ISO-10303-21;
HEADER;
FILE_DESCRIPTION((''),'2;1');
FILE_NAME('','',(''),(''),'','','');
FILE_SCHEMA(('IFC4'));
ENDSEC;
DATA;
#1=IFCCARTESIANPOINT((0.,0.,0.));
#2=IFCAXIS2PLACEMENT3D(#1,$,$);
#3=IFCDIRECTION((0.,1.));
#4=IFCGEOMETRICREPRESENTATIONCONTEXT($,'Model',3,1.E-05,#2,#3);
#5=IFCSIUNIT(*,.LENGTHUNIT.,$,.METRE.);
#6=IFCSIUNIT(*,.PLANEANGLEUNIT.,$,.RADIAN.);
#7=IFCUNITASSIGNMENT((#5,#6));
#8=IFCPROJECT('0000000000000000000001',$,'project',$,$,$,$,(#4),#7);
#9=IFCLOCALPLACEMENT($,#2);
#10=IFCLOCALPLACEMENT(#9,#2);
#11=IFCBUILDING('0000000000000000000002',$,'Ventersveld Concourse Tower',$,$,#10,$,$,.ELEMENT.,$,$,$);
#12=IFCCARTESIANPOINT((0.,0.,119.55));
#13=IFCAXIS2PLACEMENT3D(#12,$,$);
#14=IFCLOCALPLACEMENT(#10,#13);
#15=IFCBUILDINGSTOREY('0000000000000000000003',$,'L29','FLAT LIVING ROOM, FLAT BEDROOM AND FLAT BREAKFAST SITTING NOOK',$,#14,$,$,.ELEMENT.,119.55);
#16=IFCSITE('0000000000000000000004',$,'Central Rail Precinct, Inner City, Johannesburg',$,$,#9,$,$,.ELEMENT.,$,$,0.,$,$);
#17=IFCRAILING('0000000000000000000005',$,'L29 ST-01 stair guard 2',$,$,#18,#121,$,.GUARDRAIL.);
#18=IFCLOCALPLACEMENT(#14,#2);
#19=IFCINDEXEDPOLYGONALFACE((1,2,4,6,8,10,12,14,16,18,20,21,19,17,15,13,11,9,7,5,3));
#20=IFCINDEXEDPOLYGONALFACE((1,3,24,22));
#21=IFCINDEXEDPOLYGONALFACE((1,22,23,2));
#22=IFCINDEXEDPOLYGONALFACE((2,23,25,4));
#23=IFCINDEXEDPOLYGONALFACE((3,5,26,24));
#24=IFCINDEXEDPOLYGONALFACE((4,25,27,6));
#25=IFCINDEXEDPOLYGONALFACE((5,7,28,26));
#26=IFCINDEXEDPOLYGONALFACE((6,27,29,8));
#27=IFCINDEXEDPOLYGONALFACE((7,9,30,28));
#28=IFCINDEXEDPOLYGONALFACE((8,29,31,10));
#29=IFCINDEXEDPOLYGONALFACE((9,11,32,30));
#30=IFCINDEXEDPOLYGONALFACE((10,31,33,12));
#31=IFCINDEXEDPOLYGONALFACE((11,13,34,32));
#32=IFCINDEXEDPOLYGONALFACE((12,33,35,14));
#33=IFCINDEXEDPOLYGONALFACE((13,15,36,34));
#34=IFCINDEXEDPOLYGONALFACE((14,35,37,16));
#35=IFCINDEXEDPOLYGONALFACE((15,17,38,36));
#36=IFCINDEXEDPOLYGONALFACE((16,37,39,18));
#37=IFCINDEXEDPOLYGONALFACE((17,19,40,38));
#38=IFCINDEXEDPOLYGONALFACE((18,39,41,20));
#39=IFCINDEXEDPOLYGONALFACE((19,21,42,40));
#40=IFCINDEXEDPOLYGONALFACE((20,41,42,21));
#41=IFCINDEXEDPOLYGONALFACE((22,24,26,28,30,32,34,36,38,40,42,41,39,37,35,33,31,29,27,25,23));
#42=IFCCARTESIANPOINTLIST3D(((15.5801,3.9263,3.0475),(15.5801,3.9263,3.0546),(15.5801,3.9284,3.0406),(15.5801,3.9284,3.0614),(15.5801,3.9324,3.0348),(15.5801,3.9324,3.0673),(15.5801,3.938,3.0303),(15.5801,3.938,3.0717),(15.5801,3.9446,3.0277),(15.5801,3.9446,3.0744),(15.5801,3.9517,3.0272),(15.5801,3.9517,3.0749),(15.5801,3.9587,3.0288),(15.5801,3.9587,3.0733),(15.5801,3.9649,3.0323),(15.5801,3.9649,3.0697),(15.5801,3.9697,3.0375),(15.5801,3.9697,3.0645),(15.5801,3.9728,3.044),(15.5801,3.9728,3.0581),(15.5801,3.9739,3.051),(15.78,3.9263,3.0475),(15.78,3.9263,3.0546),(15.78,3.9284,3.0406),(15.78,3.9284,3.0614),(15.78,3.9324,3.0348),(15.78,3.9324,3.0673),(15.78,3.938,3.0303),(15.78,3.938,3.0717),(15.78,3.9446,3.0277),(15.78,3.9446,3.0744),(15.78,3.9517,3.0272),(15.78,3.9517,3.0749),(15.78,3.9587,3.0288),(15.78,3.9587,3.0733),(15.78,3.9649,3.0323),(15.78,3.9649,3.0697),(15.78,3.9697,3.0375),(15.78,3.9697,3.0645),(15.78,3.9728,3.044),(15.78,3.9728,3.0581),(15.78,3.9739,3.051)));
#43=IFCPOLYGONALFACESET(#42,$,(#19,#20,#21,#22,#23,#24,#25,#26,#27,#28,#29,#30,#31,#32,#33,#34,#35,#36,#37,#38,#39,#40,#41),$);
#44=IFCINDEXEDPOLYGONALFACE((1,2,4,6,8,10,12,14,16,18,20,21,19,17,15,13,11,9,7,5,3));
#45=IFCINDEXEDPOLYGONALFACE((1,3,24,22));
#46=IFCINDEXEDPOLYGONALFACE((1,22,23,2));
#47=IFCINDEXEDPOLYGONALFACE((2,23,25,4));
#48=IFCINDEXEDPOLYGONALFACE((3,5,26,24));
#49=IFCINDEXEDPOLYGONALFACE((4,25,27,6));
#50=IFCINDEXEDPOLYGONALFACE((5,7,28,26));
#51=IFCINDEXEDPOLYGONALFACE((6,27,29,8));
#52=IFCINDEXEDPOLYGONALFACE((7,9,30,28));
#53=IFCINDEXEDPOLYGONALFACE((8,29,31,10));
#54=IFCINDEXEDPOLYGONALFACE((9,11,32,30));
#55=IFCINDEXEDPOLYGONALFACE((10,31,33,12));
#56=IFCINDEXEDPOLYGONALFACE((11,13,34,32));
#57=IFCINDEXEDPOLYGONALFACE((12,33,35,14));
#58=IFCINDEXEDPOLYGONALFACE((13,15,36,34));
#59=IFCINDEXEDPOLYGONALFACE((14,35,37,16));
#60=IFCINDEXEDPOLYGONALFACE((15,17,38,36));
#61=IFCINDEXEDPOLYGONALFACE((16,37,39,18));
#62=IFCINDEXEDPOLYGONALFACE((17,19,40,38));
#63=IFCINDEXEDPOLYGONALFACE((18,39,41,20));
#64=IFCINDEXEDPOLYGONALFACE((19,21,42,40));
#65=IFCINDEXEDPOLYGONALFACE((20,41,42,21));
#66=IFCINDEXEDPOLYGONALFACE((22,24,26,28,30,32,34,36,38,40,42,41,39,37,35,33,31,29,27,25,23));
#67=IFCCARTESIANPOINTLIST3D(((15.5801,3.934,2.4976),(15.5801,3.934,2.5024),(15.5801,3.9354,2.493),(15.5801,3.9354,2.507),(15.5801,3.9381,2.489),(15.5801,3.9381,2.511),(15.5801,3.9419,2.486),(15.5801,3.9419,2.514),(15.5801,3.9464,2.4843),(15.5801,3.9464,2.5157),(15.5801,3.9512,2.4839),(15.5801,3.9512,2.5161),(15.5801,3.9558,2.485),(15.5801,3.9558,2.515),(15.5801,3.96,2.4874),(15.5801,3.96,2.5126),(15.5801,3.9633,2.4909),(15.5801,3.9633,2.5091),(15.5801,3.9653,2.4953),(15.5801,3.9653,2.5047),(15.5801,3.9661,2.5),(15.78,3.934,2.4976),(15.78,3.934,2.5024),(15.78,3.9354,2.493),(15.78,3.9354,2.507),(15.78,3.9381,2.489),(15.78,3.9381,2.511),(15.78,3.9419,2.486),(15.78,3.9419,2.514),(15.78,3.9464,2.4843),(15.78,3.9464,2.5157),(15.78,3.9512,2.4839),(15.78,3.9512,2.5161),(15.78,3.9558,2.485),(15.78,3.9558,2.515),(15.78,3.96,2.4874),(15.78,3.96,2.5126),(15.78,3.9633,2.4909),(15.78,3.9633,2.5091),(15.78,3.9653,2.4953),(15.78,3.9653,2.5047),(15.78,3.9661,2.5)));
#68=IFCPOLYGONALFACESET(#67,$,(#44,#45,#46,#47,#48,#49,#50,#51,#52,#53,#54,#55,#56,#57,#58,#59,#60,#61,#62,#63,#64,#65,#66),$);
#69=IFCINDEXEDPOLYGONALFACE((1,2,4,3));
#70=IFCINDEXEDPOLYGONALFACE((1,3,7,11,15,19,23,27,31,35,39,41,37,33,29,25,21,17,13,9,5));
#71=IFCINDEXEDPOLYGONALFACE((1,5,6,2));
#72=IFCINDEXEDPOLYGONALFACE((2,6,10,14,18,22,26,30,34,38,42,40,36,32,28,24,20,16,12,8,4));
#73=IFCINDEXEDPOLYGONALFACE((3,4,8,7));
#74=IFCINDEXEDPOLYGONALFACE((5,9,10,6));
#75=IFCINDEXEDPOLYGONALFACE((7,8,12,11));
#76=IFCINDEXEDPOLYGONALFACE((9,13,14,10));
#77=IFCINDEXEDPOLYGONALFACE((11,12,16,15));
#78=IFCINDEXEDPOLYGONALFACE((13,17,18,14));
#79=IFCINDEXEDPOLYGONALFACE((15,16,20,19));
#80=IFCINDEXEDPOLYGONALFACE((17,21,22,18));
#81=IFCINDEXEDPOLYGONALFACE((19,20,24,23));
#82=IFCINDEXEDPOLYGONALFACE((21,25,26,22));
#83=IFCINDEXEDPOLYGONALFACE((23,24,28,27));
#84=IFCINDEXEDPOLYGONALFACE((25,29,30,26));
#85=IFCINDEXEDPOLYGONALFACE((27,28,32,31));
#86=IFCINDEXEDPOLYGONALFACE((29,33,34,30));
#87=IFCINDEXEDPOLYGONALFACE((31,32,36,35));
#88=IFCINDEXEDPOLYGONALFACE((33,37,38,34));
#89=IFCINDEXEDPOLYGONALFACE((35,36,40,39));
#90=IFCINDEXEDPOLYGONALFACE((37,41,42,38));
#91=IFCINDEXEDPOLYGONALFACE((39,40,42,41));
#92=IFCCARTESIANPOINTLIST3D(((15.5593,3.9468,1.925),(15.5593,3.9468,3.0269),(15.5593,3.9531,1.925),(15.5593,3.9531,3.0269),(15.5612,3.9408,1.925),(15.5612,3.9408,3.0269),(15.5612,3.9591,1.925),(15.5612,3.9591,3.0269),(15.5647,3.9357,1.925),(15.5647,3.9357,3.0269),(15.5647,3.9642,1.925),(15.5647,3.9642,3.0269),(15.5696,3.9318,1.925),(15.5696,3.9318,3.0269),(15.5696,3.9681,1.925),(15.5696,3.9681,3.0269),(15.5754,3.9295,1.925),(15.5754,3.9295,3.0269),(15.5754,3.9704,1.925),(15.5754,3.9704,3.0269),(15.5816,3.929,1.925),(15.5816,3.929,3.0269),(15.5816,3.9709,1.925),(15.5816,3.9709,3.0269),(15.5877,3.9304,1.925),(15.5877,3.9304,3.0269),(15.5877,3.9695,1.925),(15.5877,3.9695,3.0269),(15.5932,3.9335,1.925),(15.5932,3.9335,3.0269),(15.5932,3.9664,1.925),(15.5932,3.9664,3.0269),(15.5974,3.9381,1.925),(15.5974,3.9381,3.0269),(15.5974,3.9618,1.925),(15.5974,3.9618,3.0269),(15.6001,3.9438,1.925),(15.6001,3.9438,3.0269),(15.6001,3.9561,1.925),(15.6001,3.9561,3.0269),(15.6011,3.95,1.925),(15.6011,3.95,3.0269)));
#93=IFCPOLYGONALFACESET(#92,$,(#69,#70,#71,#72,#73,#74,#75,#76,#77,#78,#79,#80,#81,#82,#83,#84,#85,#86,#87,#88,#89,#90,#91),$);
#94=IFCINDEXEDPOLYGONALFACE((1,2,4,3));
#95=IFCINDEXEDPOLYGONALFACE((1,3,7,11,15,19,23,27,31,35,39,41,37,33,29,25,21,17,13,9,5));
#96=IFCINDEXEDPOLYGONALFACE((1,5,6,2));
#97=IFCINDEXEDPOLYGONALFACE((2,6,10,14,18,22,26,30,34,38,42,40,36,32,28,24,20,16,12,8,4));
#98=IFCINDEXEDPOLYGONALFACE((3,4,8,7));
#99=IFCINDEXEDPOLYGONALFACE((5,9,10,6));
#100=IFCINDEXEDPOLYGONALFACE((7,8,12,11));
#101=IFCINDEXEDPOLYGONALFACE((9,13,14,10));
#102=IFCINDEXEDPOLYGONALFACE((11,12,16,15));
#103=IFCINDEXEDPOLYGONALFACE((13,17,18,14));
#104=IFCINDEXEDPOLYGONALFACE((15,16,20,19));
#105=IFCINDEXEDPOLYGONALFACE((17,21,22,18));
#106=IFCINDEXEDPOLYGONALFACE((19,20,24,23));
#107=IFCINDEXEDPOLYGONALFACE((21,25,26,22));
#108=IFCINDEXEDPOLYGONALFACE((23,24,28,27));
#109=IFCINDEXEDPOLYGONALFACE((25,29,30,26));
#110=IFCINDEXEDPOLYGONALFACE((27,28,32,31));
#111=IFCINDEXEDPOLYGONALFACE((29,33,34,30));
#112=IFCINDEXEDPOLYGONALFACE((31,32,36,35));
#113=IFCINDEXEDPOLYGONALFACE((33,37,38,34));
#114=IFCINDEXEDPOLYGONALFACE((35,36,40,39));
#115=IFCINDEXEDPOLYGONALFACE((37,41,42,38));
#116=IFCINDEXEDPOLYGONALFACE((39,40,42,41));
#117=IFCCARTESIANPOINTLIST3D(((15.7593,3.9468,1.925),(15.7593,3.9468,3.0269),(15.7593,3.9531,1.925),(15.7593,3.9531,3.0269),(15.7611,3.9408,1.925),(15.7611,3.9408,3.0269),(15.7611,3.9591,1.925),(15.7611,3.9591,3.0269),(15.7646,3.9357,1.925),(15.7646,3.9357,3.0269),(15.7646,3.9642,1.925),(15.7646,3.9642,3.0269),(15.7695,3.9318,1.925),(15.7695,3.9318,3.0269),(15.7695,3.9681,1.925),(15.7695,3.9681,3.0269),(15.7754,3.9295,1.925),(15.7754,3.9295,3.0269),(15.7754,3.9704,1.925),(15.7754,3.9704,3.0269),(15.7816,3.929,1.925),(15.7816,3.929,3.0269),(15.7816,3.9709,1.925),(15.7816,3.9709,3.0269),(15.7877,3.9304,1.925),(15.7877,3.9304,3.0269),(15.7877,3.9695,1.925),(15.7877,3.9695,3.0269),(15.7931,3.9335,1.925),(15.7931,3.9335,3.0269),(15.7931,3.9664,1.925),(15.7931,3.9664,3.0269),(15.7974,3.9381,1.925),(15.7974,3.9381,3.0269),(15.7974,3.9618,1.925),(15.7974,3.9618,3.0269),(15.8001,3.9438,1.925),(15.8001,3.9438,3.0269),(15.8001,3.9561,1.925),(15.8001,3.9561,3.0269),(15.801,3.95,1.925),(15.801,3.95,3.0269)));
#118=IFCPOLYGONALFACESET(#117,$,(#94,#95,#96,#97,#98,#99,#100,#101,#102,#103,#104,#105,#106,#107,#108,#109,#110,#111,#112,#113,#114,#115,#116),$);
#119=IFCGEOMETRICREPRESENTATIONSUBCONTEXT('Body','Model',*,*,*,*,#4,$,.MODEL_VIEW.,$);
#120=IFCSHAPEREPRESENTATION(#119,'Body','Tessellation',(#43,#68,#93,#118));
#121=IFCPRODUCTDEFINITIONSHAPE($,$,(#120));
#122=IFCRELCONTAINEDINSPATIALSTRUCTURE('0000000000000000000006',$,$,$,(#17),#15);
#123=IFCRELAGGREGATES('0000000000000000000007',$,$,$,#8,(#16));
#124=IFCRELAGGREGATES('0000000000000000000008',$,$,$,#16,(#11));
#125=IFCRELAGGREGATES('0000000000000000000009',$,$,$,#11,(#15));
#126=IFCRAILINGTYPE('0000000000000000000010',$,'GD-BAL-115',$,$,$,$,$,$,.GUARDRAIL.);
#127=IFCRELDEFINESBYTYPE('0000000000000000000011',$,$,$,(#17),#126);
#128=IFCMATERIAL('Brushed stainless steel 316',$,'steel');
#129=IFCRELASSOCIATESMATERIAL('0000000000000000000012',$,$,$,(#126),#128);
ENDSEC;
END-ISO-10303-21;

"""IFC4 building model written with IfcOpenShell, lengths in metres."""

from ifc_helpers import new_model, si_unit, direction, frame, origin, origin_2d, place, context, subcontext, project, spatial, circle, extrude, material, type_object, element, save


model = new_model("IFC4")

# Units and contexts
model_context = context("Model", 3, precision=1e-05, world=origin(), true_north=direction((0.0, 1.0)))
body_context = subcontext(model_context, "Body", "Model", "MODEL_VIEW")
ifc_project = project(units=[si_unit("LENGTHUNIT", "METRE"), si_unit("PLANEANGLEUNIT", "RADIAN")], contexts=[model_context])

# Site, building, storey
site_placement = place(None, origin())
site = spatial("IfcSite", under=ifc_project, at=site_placement, Name="Central Rail Precinct, Inner City, Johannesburg", CompositionType="ELEMENT", RefElevation=0.0)
building_placement = place(site_placement, origin())
building = spatial("IfcBuilding", under=site, at=building_placement, Name="Ventersveld Concourse Tower", CompositionType="ELEMENT")
storey_placement = place(building_placement, frame((0.0, 0.0, 119.55)))
storey = spatial("IfcBuildingStorey", under=building, at=storey_placement, Name="L29", Description="FLAT LIVING ROOM, FLAT BEDROOM AND FLAT BREAKFAST SITTING NOOK", CompositionType="ELEMENT", Elevation=119.55)

# Railing
ifc_material_1 = material(Name="Brushed stainless steel 316", Category="steel")
railing_type_1 = type_object("IfcRailingType", Name="GD-BAL-115", PredefinedType="GUARDRAIL", material=ifc_material_1)
railing_1_placement = place(storey_placement, frame((15.5801, 3.95, 1.925)))
element("IfcRailing", 1, at=railing_1_placement, inside=storey, type_object=railing_type_1, Name="L29 ST-01 stair guard 2", PredefinedType="GUARDRAIL", context=body_context, shape_type="SweptSolid", body=[
    extrude(circle(Radius=0.0239, at=origin_2d()), frame((0.0, 0.0, 1.126), z_axis=(1.0, 0.0, 0.0), x_axis=(0.0, 1.0, 0.0)), (0.0, 0.0, 1.0), 0.2),
    extrude(circle(Radius=0.0161, at=origin_2d()), frame((0.0, 0.0, 0.575), z_axis=(1.0, 0.0, 0.0), x_axis=(0.0, 1.0, 0.0)), (0.0, 0.0, 1.0), 0.2),
    extrude(circle(Radius=0.021, at=origin_2d()), origin(), (0.0, 0.0, 1.0), 1.1018),
    extrude(circle(Radius=0.021, at=origin_2d()), frame((0.2, 0.0, 0.0)), (0.0, 0.0, 1.0), 1.1018),
])

save(model, "model.ifc")
